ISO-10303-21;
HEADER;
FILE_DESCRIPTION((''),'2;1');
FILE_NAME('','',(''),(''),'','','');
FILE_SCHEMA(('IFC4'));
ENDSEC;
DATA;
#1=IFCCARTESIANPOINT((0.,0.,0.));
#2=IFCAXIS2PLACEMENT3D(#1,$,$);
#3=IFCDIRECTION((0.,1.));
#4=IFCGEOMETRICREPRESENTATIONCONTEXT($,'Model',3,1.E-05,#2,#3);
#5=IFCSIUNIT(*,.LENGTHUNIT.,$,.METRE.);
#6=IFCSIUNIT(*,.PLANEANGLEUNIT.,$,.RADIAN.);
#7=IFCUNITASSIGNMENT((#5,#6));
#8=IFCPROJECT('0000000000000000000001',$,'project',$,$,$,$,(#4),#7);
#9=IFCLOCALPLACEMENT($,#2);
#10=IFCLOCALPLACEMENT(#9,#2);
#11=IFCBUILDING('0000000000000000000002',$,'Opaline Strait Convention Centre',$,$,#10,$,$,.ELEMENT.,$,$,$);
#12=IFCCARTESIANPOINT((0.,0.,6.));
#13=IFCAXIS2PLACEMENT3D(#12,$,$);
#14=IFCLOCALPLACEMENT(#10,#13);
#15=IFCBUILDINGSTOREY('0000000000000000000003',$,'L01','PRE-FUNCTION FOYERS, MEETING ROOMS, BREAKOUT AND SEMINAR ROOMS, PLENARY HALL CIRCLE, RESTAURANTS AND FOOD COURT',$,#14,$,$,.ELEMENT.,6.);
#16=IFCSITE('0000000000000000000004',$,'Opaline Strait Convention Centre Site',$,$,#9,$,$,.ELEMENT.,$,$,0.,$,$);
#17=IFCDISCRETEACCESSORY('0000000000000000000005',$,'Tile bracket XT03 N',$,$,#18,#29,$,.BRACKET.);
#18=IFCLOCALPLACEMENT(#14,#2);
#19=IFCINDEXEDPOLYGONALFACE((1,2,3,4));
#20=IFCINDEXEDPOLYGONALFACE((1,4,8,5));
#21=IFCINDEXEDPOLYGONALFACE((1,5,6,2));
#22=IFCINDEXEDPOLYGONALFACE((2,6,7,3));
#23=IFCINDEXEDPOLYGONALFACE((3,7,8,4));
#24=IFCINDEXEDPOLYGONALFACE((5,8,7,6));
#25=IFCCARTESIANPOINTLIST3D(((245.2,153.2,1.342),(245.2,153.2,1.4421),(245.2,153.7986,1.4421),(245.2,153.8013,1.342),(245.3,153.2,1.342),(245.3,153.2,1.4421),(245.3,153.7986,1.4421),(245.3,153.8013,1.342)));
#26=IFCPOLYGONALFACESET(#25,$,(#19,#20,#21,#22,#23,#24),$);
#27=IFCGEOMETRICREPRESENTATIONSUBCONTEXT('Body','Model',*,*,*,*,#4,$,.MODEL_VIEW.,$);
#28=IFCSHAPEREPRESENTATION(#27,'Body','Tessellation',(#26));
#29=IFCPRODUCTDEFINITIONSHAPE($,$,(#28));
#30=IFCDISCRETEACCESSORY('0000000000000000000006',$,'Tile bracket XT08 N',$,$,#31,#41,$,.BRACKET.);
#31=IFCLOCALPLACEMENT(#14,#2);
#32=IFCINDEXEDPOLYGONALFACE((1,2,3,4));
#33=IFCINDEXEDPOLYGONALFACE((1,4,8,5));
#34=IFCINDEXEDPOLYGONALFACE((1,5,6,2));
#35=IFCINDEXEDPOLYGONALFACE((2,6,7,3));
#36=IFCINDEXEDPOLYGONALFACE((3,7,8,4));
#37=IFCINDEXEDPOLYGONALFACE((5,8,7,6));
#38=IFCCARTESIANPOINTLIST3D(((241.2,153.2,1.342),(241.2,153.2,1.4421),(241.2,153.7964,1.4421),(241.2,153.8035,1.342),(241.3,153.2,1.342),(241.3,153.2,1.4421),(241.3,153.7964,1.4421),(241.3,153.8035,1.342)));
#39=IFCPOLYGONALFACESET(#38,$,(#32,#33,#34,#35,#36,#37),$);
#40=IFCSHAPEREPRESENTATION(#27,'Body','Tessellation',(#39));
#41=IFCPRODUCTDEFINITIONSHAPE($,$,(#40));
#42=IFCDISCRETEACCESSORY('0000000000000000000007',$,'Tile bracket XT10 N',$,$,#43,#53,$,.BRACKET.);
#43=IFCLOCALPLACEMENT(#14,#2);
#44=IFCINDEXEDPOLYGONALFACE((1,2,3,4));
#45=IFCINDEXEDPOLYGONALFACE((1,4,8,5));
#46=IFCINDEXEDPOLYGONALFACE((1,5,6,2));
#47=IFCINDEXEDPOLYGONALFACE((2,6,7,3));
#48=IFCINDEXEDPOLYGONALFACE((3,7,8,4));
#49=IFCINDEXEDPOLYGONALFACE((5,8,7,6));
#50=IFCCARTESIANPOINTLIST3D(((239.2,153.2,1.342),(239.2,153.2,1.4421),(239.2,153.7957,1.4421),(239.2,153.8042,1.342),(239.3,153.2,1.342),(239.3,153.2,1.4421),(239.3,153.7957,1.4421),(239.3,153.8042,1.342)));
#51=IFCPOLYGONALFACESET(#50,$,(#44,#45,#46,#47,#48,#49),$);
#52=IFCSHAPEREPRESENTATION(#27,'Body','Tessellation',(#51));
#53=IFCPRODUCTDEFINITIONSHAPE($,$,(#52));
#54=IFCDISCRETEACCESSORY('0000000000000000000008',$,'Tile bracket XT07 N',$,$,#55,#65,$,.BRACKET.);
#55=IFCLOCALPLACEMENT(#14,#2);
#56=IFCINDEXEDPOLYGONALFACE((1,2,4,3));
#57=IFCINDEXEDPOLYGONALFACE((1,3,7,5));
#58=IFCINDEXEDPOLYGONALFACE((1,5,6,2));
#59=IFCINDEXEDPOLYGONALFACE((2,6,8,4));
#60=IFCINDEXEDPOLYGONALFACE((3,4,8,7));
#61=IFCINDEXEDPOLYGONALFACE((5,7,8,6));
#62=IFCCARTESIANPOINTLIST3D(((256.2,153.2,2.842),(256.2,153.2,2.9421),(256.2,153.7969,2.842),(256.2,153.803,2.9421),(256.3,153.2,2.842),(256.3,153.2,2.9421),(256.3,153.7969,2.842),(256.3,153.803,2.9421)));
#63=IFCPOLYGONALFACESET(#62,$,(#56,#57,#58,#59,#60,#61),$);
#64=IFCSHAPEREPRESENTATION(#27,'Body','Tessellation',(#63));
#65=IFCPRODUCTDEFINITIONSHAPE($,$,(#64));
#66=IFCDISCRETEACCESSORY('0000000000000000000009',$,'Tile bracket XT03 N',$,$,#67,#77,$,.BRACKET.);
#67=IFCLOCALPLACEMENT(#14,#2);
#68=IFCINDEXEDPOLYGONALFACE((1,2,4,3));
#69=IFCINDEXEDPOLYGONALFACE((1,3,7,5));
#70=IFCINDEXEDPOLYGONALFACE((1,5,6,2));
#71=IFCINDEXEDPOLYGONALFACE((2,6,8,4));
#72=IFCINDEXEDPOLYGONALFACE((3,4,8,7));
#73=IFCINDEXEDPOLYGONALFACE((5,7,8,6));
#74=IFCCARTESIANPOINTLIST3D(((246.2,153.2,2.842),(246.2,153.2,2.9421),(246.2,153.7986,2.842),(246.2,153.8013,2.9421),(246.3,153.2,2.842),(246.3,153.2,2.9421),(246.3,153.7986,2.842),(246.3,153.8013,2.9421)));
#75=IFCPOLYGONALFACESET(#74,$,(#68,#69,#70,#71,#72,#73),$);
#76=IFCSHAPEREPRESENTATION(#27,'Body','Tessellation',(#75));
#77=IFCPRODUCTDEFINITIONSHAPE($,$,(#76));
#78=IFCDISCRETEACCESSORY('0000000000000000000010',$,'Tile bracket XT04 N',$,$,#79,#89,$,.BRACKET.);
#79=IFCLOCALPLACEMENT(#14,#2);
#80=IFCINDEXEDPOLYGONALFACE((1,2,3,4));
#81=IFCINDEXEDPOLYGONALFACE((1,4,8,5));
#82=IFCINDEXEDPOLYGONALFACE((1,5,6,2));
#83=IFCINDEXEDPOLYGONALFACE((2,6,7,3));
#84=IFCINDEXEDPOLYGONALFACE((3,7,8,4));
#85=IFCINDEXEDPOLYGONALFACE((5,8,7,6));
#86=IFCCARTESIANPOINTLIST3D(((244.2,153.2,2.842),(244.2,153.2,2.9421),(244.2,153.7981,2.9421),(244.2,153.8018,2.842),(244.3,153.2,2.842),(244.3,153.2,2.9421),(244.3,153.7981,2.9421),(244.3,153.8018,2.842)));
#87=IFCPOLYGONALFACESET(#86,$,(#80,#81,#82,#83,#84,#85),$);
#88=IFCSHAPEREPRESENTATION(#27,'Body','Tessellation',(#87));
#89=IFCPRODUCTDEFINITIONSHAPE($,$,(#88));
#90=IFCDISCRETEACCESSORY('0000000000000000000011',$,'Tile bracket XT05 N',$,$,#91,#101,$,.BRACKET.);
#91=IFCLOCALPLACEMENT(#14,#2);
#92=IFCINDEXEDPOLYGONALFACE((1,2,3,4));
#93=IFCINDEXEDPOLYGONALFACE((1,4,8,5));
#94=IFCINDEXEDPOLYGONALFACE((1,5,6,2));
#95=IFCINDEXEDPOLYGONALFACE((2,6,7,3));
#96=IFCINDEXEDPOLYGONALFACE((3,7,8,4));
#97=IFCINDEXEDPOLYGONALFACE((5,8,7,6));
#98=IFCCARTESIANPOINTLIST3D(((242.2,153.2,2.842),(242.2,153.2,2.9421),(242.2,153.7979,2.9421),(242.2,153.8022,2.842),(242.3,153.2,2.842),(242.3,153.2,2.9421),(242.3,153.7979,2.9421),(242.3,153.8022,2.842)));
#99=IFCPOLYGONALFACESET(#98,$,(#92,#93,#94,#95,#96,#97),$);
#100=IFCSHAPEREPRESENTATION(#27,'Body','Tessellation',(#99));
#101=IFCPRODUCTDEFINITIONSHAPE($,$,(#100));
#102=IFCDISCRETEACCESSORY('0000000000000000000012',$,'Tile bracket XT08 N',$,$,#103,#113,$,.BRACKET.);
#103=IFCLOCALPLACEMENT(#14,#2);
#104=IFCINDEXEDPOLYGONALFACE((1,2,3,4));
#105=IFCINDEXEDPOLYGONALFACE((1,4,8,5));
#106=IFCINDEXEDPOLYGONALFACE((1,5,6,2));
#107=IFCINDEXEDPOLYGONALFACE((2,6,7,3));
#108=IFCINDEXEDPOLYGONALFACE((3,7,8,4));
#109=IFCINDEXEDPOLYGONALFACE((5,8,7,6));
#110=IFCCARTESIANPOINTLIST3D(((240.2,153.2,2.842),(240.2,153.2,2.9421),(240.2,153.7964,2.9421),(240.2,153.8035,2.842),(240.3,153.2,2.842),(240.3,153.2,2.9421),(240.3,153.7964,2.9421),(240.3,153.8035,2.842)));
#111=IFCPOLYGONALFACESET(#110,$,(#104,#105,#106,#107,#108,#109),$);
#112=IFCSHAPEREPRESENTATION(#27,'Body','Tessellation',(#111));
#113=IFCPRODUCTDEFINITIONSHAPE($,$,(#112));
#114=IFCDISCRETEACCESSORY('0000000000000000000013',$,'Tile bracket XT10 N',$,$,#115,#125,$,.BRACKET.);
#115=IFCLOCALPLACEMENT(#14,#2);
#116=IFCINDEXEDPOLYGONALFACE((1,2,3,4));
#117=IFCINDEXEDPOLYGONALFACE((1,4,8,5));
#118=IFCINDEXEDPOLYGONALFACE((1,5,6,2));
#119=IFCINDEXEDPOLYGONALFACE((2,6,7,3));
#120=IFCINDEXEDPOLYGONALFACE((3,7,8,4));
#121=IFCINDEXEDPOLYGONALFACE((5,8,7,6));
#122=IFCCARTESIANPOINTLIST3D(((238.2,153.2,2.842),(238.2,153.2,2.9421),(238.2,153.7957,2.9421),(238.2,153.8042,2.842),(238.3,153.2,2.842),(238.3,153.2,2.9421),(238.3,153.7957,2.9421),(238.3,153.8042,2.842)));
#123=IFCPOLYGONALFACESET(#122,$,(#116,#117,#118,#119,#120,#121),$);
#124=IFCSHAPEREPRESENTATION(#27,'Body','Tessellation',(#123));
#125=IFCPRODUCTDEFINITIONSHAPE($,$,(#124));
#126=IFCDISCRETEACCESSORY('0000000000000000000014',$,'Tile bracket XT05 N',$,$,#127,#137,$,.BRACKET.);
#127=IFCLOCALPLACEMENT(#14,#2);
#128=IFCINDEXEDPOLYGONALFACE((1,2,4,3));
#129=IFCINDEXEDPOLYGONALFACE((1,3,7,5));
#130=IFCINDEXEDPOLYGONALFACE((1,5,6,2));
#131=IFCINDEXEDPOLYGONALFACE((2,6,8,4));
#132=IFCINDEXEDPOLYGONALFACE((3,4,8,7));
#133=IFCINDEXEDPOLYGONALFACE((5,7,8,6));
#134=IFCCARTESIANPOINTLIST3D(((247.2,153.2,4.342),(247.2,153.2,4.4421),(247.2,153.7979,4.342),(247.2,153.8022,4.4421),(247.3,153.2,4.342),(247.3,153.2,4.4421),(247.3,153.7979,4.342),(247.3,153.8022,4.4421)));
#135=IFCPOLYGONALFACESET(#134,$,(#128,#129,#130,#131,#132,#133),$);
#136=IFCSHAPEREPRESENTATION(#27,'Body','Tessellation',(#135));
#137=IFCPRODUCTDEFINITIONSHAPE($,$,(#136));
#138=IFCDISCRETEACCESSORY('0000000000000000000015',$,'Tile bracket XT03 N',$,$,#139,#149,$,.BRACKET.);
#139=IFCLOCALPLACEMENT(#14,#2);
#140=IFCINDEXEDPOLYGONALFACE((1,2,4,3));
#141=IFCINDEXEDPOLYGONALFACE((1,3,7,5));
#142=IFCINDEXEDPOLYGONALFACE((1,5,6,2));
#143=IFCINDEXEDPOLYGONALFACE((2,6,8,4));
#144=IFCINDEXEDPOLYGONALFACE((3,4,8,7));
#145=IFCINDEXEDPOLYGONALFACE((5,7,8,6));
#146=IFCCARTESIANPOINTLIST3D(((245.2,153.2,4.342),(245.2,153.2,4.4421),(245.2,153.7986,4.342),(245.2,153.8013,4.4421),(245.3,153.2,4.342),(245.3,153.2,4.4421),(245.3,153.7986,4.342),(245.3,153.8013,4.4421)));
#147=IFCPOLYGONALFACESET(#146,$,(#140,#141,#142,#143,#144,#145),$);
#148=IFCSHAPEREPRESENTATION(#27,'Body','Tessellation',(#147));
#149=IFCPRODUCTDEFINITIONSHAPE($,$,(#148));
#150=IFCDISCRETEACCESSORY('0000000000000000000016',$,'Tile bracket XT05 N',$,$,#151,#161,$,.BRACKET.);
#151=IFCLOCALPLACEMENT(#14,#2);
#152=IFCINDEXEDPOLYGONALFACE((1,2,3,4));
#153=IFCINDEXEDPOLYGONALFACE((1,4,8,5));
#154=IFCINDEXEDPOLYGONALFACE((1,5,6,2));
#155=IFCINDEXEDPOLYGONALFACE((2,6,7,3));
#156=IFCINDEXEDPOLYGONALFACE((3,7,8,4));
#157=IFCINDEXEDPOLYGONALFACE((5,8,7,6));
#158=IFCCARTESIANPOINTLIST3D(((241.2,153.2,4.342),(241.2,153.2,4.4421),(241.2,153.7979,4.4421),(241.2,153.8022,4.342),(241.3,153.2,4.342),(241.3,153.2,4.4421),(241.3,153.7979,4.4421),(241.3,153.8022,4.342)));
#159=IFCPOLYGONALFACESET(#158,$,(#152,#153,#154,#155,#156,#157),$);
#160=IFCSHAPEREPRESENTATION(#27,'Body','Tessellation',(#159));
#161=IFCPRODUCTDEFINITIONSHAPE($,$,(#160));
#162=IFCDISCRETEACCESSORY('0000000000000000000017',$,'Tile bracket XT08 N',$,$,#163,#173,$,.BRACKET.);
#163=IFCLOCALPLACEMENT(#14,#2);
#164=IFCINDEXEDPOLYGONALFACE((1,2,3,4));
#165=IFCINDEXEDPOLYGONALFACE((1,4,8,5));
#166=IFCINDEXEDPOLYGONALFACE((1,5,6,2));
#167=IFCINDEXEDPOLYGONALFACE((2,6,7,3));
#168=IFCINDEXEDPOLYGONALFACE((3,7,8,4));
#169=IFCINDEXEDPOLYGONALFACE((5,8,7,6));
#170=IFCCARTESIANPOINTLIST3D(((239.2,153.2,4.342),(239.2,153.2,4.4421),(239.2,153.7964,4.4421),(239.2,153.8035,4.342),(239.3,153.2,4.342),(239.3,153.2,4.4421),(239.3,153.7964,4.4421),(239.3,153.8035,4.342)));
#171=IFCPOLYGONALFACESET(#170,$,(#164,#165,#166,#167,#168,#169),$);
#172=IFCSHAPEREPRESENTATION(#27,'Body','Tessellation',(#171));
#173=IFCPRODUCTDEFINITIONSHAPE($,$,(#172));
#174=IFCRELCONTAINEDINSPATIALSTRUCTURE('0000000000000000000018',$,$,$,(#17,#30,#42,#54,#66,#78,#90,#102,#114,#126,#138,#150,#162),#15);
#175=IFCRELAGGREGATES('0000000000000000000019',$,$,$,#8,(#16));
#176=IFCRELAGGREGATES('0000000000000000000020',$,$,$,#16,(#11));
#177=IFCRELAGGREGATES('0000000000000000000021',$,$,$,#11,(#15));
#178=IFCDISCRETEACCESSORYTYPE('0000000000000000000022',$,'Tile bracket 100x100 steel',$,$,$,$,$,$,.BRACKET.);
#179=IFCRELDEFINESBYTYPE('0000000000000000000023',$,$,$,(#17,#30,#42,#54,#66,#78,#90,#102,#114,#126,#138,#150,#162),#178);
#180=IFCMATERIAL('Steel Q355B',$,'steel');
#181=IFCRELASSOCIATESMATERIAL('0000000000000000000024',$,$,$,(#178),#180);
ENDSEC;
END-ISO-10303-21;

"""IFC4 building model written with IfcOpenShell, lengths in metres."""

from ifc_helpers import new_model, si_unit, direction, frame, origin, place, context, subcontext, project, spatial, polyline, outline, extrude, material, type_object, element, save


model = new_model("IFC4")

# Units and contexts
model_context = context("Model", 3, precision=1e-05, world=origin(), true_north=direction((0.0, 1.0)))
body_context = subcontext(model_context, "Body", "Model", "MODEL_VIEW")
ifc_project = project(units=[si_unit("LENGTHUNIT", "METRE"), si_unit("PLANEANGLEUNIT", "RADIAN")], contexts=[model_context])

# Site, building, storey
site_placement = place(None, origin())
site = spatial("IfcSite", under=ifc_project, at=site_placement, Name="Opaline Strait Convention Centre Site", CompositionType="ELEMENT", RefElevation=0.0)
building_placement = place(site_placement, origin())
building = spatial("IfcBuilding", under=site, at=building_placement, Name="Opaline Strait Convention Centre", CompositionType="ELEMENT")
storey_placement = place(building_placement, frame((0.0, 0.0, 6.0)))
storey = spatial("IfcBuildingStorey", under=building, at=storey_placement, Name="L01", Description="PRE-FUNCTION FOYERS, MEETING ROOMS, BREAKOUT AND SEMINAR ROOMS, PLENARY HALL CIRCLE, RESTAURANTS AND FOOD COURT", CompositionType="ELEMENT", Elevation=6.0)

# Shared definitions
ifc_material_1 = material(Name="Steel Q355B", Category="steel")

# Discrete accessories
discrete_accessory_type = type_object("IfcDiscreteAccessoryType", Name="Tile bracket 100x100 steel", PredefinedType="BRACKET", material=ifc_material_1)
discrete_accessory_1_placement = place(storey_placement, frame((245.3, 153.2, 1.3921), z_axis=(-1.0, 0.0, 0.0), x_axis=(0.0, -1.0, 0.0)))
element("IfcDiscreteAccessory", 1, at=discrete_accessory_1_placement, inside=storey, type_object=discrete_accessory_type, Name="Tile bracket XT03 N", PredefinedType="BRACKET", context=body_context, shape_type="SweptSolid", body=[
    extrude(outline(polyline([(0.0, -0.05), (0.0, 0.05), (-0.5986, 0.05), (-0.6013, -0.05), (0.0, -0.05)])), origin(), (0.0, 0.0, 1.0), 0.1001),
])
discrete_accessory_2_placement = place(storey_placement, frame((241.3, 153.2, 1.3921), z_axis=(-1.0, 0.0, 0.0), x_axis=(0.0, -1.0, 0.0)))
element("IfcDiscreteAccessory", 2, at=discrete_accessory_2_placement, inside=storey, type_object=discrete_accessory_type, Name="Tile bracket XT08 N", PredefinedType="BRACKET", context=body_context, shape_type="SweptSolid", body=[
    extrude(outline(polyline([(0.0, -0.05), (0.0, 0.05), (-0.5964, 0.05), (-0.6035, -0.05), (0.0, -0.05)])), origin(), (0.0, 0.0, 1.0), 0.1001),
])
discrete_accessory_3_placement = place(storey_placement, frame((239.3, 153.2, 1.3921), z_axis=(-1.0, 0.0, 0.0), x_axis=(0.0, -1.0, 0.0)))
element("IfcDiscreteAccessory", 3, at=discrete_accessory_3_placement, inside=storey, type_object=discrete_accessory_type, Name="Tile bracket XT10 N", PredefinedType="BRACKET", context=body_context, shape_type="SweptSolid", body=[
    extrude(outline(polyline([(0.0, -0.05), (0.0, 0.05), (-0.5957, 0.05), (-0.6042, -0.05), (0.0, -0.05)])), origin(), (0.0, 0.0, 1.0), 0.1001),
])
discrete_accessory_4_placement = place(storey_placement, frame((256.3, 153.2, 2.8921), z_axis=(-1.0, 0.0, 0.0), x_axis=(0.0, -1.0, 0.0)))
element("IfcDiscreteAccessory", 4, at=discrete_accessory_4_placement, inside=storey, type_object=discrete_accessory_type, Name="Tile bracket XT07 N", PredefinedType="BRACKET", context=body_context, shape_type="SweptSolid", body=[
    extrude(outline(polyline([(0.0, -0.05), (0.0, 0.05), (-0.603, 0.05), (-0.5969, -0.05), (0.0, -0.05)])), origin(), (0.0, 0.0, 1.0), 0.1001),
])
discrete_accessory_5_placement = place(storey_placement, frame((246.3, 153.2, 2.8921), z_axis=(-1.0, 0.0, 0.0), x_axis=(0.0, -1.0, 0.0)))
element("IfcDiscreteAccessory", 5, at=discrete_accessory_5_placement, inside=storey, type_object=discrete_accessory_type, Name="Tile bracket XT03 N", PredefinedType="BRACKET", context=body_context, shape_type="SweptSolid", body=[
    extrude(outline(polyline([(0.0, -0.05), (0.0, 0.05), (-0.6013, 0.05), (-0.5986, -0.05), (0.0, -0.05)])), origin(), (0.0, 0.0, 1.0), 0.1001),
])
discrete_accessory_6_placement = place(storey_placement, frame((244.3, 153.2, 2.8921), z_axis=(-1.0, 0.0, 0.0), x_axis=(0.0, -1.0, 0.0)))
element("IfcDiscreteAccessory", 6, at=discrete_accessory_6_placement, inside=storey, type_object=discrete_accessory_type, Name="Tile bracket XT04 N", PredefinedType="BRACKET", context=body_context, shape_type="SweptSolid", body=[
    extrude(outline(polyline([(0.0, -0.05), (0.0, 0.05), (-0.5981, 0.05), (-0.6018, -0.05), (0.0, -0.05)])), origin(), (0.0, 0.0, 1.0), 0.1001),
])
discrete_accessory_7_placement = place(storey_placement, frame((242.3, 153.2, 2.8921), z_axis=(-1.0, 0.0, 0.0), x_axis=(0.0, -1.0, 0.0)))
element("IfcDiscreteAccessory", 7, at=discrete_accessory_7_placement, inside=storey, type_object=discrete_accessory_type, Name="Tile bracket XT05 N", PredefinedType="BRACKET", context=body_context, shape_type="SweptSolid", body=[
    extrude(outline(polyline([(0.0, -0.05), (0.0, 0.05), (-0.5979, 0.05), (-0.6023, -0.05), (0.0, -0.05)])), origin(), (0.0, 0.0, 1.0), 0.1001),
])
discrete_accessory_8_placement = place(storey_placement, frame((240.3, 153.2, 2.8921), z_axis=(-1.0, 0.0, 0.0), x_axis=(0.0, -1.0, 0.0)))
element("IfcDiscreteAccessory", 8, at=discrete_accessory_8_placement, inside=storey, type_object=discrete_accessory_type, Name="Tile bracket XT08 N", PredefinedType="BRACKET", context=body_context, shape_type="SweptSolid", body=[
    extrude(outline(polyline([(0.0, -0.05), (0.0, 0.05), (-0.5964, 0.05), (-0.6035, -0.05), (0.0, -0.05)])), origin(), (0.0, 0.0, 1.0), 0.1001),
])
discrete_accessory_9_placement = place(storey_placement, frame((238.3, 153.2, 2.8921), z_axis=(-1.0, 0.0, 0.0), x_axis=(0.0, -1.0, 0.0)))
element("IfcDiscreteAccessory", 9, at=discrete_accessory_9_placement, inside=storey, type_object=discrete_accessory_type, Name="Tile bracket XT10 N", PredefinedType="BRACKET", context=body_context, shape_type="SweptSolid", body=[
    extrude(outline(polyline([(0.0, -0.05), (0.0, 0.05), (-0.5957, 0.05), (-0.6042, -0.05), (0.0, -0.05)])), origin(), (0.0, 0.0, 1.0), 0.1001),
])
discrete_accessory_10_placement = place(storey_placement, frame((247.3, 153.2, 4.3921), z_axis=(-1.0, 0.0, 0.0), x_axis=(0.0, -1.0, 0.0)))
element("IfcDiscreteAccessory", 10, at=discrete_accessory_10_placement, inside=storey, type_object=discrete_accessory_type, Name="Tile bracket XT05 N", PredefinedType="BRACKET", context=body_context, shape_type="SweptSolid", body=[
    extrude(outline(polyline([(0.0, -0.05), (0.0, 0.05), (-0.6023, 0.05), (-0.5979, -0.05), (0.0, -0.05)])), origin(), (0.0, 0.0, 1.0), 0.1001),
])
discrete_accessory_11_placement = place(storey_placement, frame((245.3, 153.2, 4.3921), z_axis=(-1.0, 0.0, 0.0), x_axis=(0.0, -1.0, 0.0)))
element("IfcDiscreteAccessory", 11, at=discrete_accessory_11_placement, inside=storey, type_object=discrete_accessory_type, Name="Tile bracket XT03 N", PredefinedType="BRACKET", context=body_context, shape_type="SweptSolid", body=[
    extrude(outline(polyline([(0.0, -0.05), (0.0, 0.05), (-0.6013, 0.05), (-0.5986, -0.05), (0.0, -0.05)])), origin(), (0.0, 0.0, 1.0), 0.1001),
])
discrete_accessory_12_placement = place(storey_placement, frame((241.3, 153.2, 4.3921), z_axis=(-1.0, 0.0, 0.0), x_axis=(0.0, -1.0, 0.0)))
element("IfcDiscreteAccessory", 12, at=discrete_accessory_12_placement, inside=storey, type_object=discrete_accessory_type, Name="Tile bracket XT05 N", PredefinedType="BRACKET", context=body_context, shape_type="SweptSolid", body=[
    extrude(outline(polyline([(0.0, -0.05), (0.0, 0.05), (-0.5979, 0.05), (-0.6023, -0.05), (0.0, -0.05)])), origin(), (0.0, 0.0, 1.0), 0.1001),
])
discrete_accessory_13_placement = place(storey_placement, frame((239.3, 153.2, 4.3921), z_axis=(-1.0, 0.0, 0.0), x_axis=(0.0, -1.0, 0.0)))
element("IfcDiscreteAccessory", 13, at=discrete_accessory_13_placement, inside=storey, type_object=discrete_accessory_type, Name="Tile bracket XT08 N", PredefinedType="BRACKET", context=body_context, shape_type="SweptSolid", body=[
    extrude(outline(polyline([(0.0, -0.05), (0.0, 0.05), (-0.5964, 0.05), (-0.6035, -0.05), (0.0, -0.05)])), origin(), (0.0, 0.0, 1.0), 0.1001),
])

save(model, "model.ifc")
